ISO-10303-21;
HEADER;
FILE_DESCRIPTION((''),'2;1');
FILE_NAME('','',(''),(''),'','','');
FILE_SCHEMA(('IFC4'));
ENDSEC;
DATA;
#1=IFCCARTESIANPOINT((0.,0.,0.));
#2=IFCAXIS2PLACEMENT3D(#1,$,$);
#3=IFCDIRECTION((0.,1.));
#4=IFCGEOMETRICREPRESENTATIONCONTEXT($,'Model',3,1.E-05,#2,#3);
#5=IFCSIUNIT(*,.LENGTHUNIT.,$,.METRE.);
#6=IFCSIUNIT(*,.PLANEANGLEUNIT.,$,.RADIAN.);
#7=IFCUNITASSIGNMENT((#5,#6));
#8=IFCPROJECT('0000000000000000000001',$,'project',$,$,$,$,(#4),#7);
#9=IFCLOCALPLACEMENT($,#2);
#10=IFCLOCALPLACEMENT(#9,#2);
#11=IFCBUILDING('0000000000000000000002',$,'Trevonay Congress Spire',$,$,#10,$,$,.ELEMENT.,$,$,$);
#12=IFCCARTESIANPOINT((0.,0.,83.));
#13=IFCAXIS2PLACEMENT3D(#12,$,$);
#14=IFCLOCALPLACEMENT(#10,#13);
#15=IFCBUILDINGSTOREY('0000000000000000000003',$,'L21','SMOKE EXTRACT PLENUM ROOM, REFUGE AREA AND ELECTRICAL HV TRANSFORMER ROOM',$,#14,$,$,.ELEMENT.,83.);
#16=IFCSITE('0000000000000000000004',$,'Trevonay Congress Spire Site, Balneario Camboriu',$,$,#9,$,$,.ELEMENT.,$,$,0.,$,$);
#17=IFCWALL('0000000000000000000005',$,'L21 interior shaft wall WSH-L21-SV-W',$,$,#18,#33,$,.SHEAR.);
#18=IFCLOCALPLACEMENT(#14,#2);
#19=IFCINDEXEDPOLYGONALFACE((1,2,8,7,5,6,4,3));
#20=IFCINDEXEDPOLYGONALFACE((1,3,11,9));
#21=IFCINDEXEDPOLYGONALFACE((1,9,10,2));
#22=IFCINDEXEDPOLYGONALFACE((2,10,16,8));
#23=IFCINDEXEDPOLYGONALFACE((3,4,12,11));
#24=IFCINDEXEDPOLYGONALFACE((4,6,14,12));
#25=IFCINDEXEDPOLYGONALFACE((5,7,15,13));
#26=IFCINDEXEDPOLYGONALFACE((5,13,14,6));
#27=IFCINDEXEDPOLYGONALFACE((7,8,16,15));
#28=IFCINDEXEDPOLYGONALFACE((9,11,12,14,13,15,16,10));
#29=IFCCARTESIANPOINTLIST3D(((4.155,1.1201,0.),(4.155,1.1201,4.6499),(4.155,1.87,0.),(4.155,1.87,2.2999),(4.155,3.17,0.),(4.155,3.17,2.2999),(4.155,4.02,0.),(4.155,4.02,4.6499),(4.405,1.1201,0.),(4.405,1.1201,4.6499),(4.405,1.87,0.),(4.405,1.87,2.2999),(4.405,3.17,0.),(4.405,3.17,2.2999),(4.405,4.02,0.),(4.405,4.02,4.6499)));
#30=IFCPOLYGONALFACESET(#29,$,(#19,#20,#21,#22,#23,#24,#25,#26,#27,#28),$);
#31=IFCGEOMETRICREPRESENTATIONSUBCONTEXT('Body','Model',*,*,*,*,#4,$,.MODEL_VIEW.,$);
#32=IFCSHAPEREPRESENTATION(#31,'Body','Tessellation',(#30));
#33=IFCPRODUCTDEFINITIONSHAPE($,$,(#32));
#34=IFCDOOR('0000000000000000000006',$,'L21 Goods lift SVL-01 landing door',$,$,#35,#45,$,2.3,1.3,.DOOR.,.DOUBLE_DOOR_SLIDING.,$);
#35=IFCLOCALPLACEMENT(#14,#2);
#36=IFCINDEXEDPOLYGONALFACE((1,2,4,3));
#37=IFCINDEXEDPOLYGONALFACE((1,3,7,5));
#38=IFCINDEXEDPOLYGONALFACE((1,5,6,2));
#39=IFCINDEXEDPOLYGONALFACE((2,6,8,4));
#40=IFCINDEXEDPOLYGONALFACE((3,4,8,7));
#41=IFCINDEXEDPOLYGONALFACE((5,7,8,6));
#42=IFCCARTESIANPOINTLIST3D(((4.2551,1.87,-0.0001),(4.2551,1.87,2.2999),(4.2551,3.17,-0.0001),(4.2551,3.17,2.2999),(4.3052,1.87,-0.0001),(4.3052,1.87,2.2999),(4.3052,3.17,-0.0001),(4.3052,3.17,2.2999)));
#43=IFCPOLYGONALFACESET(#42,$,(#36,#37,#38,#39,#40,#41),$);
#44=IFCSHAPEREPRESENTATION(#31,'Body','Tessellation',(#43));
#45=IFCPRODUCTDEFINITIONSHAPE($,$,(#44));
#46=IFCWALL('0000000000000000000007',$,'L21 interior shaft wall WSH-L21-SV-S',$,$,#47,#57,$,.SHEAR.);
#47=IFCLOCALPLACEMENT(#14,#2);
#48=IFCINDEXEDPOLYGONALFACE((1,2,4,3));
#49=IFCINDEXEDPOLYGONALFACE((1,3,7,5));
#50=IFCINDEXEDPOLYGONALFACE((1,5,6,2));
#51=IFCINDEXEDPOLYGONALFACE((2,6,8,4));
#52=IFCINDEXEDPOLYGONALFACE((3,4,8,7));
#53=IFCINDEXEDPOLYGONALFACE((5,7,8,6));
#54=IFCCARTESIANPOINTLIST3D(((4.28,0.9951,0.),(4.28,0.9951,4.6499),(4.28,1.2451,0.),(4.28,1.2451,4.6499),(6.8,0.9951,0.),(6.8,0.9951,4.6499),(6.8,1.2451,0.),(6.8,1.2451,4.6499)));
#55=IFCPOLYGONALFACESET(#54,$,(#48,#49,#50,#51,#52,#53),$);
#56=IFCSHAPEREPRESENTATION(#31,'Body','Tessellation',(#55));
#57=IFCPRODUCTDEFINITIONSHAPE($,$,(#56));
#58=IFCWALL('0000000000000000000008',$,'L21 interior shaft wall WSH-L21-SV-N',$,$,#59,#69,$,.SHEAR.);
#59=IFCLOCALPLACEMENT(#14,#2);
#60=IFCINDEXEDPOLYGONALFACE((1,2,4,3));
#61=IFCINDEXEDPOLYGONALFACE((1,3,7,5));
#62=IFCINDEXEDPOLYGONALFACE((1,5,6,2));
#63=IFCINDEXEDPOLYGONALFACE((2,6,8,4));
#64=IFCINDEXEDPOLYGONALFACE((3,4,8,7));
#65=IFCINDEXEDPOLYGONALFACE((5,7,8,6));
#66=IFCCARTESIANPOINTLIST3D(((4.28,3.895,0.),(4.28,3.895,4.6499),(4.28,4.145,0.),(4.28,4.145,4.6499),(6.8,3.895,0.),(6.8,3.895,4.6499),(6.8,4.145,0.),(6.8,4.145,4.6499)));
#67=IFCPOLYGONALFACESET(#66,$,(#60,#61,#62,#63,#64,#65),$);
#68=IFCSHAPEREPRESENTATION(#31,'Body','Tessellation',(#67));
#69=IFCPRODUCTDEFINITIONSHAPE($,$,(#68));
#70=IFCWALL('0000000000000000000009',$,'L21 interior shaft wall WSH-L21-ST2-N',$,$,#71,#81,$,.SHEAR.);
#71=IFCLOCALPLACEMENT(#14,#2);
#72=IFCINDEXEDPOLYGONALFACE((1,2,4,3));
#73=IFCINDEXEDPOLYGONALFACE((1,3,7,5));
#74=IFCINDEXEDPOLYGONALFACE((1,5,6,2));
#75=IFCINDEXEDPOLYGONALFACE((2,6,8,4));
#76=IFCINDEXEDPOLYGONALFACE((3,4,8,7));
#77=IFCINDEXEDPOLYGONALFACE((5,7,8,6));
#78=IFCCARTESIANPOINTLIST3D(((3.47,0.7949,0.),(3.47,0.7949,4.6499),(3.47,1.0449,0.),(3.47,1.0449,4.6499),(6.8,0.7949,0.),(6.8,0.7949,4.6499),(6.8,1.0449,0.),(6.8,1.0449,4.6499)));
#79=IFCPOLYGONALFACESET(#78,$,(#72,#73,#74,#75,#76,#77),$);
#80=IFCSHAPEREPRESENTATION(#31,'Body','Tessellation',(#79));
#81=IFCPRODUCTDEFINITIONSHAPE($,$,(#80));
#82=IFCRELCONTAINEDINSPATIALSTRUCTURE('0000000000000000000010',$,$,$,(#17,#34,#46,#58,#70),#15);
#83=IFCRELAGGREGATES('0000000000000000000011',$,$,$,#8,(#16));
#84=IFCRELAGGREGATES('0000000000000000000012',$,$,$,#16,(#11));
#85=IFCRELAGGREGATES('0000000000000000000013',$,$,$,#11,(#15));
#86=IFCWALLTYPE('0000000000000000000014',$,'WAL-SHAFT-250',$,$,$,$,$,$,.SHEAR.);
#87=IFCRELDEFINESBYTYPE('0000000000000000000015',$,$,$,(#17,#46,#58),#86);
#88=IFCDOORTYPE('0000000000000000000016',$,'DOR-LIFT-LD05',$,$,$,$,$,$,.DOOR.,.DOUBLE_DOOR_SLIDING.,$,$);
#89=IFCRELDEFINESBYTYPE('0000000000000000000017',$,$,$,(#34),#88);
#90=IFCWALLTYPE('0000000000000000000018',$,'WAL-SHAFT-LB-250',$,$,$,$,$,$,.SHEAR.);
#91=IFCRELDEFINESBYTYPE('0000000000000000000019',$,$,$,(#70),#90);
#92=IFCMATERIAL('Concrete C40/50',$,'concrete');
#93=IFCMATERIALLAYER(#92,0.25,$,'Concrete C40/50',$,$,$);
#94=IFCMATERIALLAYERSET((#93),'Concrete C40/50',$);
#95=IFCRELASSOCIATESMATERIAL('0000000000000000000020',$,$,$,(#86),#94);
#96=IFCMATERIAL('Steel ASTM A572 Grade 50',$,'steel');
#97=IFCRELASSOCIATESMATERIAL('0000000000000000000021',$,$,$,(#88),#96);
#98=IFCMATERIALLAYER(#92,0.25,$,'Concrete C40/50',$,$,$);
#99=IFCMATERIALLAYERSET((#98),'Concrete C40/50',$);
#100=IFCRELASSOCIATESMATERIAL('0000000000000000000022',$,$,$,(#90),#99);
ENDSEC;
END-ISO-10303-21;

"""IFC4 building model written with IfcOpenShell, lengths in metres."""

from ifc_helpers import new_model, si_unit, direction, frame, frame_2d, origin, place, context, subcontext, project, spatial, rectangle, extrude, material, layer, layer_set, type_object, element, fill, save


model = new_model("IFC4")

# Units and contexts
model_context = context("Model", 3, precision=1e-05, world=origin(), true_north=direction((0.0, 1.0)))
body_context = subcontext(model_context, "Body", "Model", "MODEL_VIEW")
ifc_project = project(units=[si_unit("LENGTHUNIT", "METRE"), si_unit("PLANEANGLEUNIT", "RADIAN")], contexts=[model_context])

# Site, building, storey
site_placement = place(None, origin())
site = spatial("IfcSite", under=ifc_project, at=site_placement, Name="Trevonay Congress Spire Site, Balneario Camboriu", CompositionType="ELEMENT", RefElevation=0.0)
building_placement = place(site_placement, origin())
building = spatial("IfcBuilding", under=site, at=building_placement, Name="Trevonay Congress Spire", CompositionType="ELEMENT")
storey_placement = place(building_placement, frame((0.0, 0.0, 83.0)))
storey = spatial("IfcBuildingStorey", under=building, at=storey_placement, Name="L21", Description="SMOKE EXTRACT PLENUM ROOM, REFUGE AREA AND ELECTRICAL HV TRANSFORMER ROOM", CompositionType="ELEMENT", Elevation=83.0)

# Shared definitions
ifc_material_1 = material(Name="Steel ASTM A572 Grade 50", Category="steel")

# Shared definitions
ifc_material_2 = material(Name="Concrete C40/50", Category="concrete")

# Shared definitions
ifc_layer_1 = layer(ifc_material_2, 0.25, Name="Concrete C40/50")
ifc_layer_set_1 = layer_set([ifc_layer_1], Name="Concrete C40/50")
wall_type_1 = type_object("IfcWallType", Name="WAL-SHAFT-250", PredefinedType="SHEAR", material=ifc_layer_set_1)

# Wall, opening, door
wall_1_placement = place(storey_placement, frame((4.28, 1.1201, 0.0), z_axis=(0.0, 0.0, 1.0), x_axis=(0.0, 1.0, 0.0)))
wall_1 = element("IfcWall", 1, at=wall_1_placement, inside=storey, type_object=wall_type_1, Name="L21 interior shaft wall WSH-L21-SV-W", PredefinedType="SHEAR", context=body_context, shape_type="SweptSolid", body=[
    extrude(rectangle(XDim=2.8999, YDim=0.25, at=frame_2d((1.45, 0.0))), origin(), (0.0, 0.0, 1.0), 4.6499),
])
opening_1_placement = place(wall_1_placement, frame((0.75, 0.0, 0.0)))
opening_1 = element("IfcOpeningElement", 2, at=opening_1_placement, cuts=wall_1, PredefinedType="OPENING", context=body_context, shape_type="SweptSolid", body=[
    extrude(rectangle(XDim=1.3, YDim=2.3, at=frame_2d((0.6499, 1.1499))), frame((0.0, 0.135, 0.0), z_axis=(0.0, -1.0, 0.0), x_axis=(1.0, 0.0, 0.0)), (0.0, 0.0, 1.0), 0.27),
])
door_type_1 = type_object("IfcDoorType", Name="DOR-LIFT-LD05", OperationType="DOUBLE_DOOR_SLIDING", PredefinedType="DOOR", material=ifc_material_1)
door_1_placement = place(opening_1_placement, origin())
door_1 = element("IfcDoor", 3, at=door_1_placement, inside=storey, type_object=door_type_1, Name="L21 Goods lift SVL-01 landing door", OperationType="DOUBLE_DOOR_SLIDING", OverallHeight=2.3, OverallWidth=1.3, PredefinedType="DOOR", context=body_context, shape_type="SweptSolid", body=[
    extrude(rectangle(XDim=1.3, YDim=2.3, at=frame_2d((0.6499, 1.1499))), frame((0.0, 0.0249, 0.0), z_axis=(0.0, -1.0, 0.0), x_axis=(1.0, 0.0, 0.0)), (0.0, 0.0, 1.0), 0.05),
])
fill(opening_1, door_1)

# Walls
for number, where, z_axis, x_axis, name in (
    (4, (4.28, 1.1201, 0.0), (0.0, 0.0, 1.0), (1.0, 0.0, 0.0), "L21 interior shaft wall WSH-L21-SV-S"),
    (5, (4.28, 4.02, 0.0), (0.0, 0.0, 1.0), (1.0, 0.0, 0.0), "L21 interior shaft wall WSH-L21-SV-N"),
):
    element("IfcWall", number, at=place(storey_placement, frame(where, z_axis=z_axis, x_axis=x_axis)), inside=storey, type_object=wall_type_1, Name=name, PredefinedType="SHEAR", context=body_context, shape_type="SweptSolid", body=[
        extrude(rectangle(XDim=2.52, YDim=0.25, at=frame_2d((1.26, 0.0))), origin(), (0.0, 0.0, 1.0), 4.6499),
    ])
ifc_layer_2 = layer(ifc_material_2, 0.25, Name="Concrete C40/50")
ifc_layer_set_2 = layer_set([ifc_layer_2], Name="Concrete C40/50")
wall_type_2 = type_object("IfcWallType", Name="WAL-SHAFT-LB-250", PredefinedType="SHEAR", material=ifc_layer_set_2)
wall_2_placement = place(storey_placement, frame((3.47, 0.9199, 0.0), z_axis=(0.0, 0.0, 1.0), x_axis=(1.0, 0.0, 0.0)))
element("IfcWall", 6, at=wall_2_placement, inside=storey, type_object=wall_type_2, Name="L21 interior shaft wall WSH-L21-ST2-N", PredefinedType="SHEAR", context=body_context, shape_type="SweptSolid", body=[
    extrude(rectangle(XDim=3.3301, YDim=0.25, at=frame_2d((1.665, 0.0))), origin(), (0.0, 0.0, 1.0), 4.6499),
])

save(model, "model.ifc")
